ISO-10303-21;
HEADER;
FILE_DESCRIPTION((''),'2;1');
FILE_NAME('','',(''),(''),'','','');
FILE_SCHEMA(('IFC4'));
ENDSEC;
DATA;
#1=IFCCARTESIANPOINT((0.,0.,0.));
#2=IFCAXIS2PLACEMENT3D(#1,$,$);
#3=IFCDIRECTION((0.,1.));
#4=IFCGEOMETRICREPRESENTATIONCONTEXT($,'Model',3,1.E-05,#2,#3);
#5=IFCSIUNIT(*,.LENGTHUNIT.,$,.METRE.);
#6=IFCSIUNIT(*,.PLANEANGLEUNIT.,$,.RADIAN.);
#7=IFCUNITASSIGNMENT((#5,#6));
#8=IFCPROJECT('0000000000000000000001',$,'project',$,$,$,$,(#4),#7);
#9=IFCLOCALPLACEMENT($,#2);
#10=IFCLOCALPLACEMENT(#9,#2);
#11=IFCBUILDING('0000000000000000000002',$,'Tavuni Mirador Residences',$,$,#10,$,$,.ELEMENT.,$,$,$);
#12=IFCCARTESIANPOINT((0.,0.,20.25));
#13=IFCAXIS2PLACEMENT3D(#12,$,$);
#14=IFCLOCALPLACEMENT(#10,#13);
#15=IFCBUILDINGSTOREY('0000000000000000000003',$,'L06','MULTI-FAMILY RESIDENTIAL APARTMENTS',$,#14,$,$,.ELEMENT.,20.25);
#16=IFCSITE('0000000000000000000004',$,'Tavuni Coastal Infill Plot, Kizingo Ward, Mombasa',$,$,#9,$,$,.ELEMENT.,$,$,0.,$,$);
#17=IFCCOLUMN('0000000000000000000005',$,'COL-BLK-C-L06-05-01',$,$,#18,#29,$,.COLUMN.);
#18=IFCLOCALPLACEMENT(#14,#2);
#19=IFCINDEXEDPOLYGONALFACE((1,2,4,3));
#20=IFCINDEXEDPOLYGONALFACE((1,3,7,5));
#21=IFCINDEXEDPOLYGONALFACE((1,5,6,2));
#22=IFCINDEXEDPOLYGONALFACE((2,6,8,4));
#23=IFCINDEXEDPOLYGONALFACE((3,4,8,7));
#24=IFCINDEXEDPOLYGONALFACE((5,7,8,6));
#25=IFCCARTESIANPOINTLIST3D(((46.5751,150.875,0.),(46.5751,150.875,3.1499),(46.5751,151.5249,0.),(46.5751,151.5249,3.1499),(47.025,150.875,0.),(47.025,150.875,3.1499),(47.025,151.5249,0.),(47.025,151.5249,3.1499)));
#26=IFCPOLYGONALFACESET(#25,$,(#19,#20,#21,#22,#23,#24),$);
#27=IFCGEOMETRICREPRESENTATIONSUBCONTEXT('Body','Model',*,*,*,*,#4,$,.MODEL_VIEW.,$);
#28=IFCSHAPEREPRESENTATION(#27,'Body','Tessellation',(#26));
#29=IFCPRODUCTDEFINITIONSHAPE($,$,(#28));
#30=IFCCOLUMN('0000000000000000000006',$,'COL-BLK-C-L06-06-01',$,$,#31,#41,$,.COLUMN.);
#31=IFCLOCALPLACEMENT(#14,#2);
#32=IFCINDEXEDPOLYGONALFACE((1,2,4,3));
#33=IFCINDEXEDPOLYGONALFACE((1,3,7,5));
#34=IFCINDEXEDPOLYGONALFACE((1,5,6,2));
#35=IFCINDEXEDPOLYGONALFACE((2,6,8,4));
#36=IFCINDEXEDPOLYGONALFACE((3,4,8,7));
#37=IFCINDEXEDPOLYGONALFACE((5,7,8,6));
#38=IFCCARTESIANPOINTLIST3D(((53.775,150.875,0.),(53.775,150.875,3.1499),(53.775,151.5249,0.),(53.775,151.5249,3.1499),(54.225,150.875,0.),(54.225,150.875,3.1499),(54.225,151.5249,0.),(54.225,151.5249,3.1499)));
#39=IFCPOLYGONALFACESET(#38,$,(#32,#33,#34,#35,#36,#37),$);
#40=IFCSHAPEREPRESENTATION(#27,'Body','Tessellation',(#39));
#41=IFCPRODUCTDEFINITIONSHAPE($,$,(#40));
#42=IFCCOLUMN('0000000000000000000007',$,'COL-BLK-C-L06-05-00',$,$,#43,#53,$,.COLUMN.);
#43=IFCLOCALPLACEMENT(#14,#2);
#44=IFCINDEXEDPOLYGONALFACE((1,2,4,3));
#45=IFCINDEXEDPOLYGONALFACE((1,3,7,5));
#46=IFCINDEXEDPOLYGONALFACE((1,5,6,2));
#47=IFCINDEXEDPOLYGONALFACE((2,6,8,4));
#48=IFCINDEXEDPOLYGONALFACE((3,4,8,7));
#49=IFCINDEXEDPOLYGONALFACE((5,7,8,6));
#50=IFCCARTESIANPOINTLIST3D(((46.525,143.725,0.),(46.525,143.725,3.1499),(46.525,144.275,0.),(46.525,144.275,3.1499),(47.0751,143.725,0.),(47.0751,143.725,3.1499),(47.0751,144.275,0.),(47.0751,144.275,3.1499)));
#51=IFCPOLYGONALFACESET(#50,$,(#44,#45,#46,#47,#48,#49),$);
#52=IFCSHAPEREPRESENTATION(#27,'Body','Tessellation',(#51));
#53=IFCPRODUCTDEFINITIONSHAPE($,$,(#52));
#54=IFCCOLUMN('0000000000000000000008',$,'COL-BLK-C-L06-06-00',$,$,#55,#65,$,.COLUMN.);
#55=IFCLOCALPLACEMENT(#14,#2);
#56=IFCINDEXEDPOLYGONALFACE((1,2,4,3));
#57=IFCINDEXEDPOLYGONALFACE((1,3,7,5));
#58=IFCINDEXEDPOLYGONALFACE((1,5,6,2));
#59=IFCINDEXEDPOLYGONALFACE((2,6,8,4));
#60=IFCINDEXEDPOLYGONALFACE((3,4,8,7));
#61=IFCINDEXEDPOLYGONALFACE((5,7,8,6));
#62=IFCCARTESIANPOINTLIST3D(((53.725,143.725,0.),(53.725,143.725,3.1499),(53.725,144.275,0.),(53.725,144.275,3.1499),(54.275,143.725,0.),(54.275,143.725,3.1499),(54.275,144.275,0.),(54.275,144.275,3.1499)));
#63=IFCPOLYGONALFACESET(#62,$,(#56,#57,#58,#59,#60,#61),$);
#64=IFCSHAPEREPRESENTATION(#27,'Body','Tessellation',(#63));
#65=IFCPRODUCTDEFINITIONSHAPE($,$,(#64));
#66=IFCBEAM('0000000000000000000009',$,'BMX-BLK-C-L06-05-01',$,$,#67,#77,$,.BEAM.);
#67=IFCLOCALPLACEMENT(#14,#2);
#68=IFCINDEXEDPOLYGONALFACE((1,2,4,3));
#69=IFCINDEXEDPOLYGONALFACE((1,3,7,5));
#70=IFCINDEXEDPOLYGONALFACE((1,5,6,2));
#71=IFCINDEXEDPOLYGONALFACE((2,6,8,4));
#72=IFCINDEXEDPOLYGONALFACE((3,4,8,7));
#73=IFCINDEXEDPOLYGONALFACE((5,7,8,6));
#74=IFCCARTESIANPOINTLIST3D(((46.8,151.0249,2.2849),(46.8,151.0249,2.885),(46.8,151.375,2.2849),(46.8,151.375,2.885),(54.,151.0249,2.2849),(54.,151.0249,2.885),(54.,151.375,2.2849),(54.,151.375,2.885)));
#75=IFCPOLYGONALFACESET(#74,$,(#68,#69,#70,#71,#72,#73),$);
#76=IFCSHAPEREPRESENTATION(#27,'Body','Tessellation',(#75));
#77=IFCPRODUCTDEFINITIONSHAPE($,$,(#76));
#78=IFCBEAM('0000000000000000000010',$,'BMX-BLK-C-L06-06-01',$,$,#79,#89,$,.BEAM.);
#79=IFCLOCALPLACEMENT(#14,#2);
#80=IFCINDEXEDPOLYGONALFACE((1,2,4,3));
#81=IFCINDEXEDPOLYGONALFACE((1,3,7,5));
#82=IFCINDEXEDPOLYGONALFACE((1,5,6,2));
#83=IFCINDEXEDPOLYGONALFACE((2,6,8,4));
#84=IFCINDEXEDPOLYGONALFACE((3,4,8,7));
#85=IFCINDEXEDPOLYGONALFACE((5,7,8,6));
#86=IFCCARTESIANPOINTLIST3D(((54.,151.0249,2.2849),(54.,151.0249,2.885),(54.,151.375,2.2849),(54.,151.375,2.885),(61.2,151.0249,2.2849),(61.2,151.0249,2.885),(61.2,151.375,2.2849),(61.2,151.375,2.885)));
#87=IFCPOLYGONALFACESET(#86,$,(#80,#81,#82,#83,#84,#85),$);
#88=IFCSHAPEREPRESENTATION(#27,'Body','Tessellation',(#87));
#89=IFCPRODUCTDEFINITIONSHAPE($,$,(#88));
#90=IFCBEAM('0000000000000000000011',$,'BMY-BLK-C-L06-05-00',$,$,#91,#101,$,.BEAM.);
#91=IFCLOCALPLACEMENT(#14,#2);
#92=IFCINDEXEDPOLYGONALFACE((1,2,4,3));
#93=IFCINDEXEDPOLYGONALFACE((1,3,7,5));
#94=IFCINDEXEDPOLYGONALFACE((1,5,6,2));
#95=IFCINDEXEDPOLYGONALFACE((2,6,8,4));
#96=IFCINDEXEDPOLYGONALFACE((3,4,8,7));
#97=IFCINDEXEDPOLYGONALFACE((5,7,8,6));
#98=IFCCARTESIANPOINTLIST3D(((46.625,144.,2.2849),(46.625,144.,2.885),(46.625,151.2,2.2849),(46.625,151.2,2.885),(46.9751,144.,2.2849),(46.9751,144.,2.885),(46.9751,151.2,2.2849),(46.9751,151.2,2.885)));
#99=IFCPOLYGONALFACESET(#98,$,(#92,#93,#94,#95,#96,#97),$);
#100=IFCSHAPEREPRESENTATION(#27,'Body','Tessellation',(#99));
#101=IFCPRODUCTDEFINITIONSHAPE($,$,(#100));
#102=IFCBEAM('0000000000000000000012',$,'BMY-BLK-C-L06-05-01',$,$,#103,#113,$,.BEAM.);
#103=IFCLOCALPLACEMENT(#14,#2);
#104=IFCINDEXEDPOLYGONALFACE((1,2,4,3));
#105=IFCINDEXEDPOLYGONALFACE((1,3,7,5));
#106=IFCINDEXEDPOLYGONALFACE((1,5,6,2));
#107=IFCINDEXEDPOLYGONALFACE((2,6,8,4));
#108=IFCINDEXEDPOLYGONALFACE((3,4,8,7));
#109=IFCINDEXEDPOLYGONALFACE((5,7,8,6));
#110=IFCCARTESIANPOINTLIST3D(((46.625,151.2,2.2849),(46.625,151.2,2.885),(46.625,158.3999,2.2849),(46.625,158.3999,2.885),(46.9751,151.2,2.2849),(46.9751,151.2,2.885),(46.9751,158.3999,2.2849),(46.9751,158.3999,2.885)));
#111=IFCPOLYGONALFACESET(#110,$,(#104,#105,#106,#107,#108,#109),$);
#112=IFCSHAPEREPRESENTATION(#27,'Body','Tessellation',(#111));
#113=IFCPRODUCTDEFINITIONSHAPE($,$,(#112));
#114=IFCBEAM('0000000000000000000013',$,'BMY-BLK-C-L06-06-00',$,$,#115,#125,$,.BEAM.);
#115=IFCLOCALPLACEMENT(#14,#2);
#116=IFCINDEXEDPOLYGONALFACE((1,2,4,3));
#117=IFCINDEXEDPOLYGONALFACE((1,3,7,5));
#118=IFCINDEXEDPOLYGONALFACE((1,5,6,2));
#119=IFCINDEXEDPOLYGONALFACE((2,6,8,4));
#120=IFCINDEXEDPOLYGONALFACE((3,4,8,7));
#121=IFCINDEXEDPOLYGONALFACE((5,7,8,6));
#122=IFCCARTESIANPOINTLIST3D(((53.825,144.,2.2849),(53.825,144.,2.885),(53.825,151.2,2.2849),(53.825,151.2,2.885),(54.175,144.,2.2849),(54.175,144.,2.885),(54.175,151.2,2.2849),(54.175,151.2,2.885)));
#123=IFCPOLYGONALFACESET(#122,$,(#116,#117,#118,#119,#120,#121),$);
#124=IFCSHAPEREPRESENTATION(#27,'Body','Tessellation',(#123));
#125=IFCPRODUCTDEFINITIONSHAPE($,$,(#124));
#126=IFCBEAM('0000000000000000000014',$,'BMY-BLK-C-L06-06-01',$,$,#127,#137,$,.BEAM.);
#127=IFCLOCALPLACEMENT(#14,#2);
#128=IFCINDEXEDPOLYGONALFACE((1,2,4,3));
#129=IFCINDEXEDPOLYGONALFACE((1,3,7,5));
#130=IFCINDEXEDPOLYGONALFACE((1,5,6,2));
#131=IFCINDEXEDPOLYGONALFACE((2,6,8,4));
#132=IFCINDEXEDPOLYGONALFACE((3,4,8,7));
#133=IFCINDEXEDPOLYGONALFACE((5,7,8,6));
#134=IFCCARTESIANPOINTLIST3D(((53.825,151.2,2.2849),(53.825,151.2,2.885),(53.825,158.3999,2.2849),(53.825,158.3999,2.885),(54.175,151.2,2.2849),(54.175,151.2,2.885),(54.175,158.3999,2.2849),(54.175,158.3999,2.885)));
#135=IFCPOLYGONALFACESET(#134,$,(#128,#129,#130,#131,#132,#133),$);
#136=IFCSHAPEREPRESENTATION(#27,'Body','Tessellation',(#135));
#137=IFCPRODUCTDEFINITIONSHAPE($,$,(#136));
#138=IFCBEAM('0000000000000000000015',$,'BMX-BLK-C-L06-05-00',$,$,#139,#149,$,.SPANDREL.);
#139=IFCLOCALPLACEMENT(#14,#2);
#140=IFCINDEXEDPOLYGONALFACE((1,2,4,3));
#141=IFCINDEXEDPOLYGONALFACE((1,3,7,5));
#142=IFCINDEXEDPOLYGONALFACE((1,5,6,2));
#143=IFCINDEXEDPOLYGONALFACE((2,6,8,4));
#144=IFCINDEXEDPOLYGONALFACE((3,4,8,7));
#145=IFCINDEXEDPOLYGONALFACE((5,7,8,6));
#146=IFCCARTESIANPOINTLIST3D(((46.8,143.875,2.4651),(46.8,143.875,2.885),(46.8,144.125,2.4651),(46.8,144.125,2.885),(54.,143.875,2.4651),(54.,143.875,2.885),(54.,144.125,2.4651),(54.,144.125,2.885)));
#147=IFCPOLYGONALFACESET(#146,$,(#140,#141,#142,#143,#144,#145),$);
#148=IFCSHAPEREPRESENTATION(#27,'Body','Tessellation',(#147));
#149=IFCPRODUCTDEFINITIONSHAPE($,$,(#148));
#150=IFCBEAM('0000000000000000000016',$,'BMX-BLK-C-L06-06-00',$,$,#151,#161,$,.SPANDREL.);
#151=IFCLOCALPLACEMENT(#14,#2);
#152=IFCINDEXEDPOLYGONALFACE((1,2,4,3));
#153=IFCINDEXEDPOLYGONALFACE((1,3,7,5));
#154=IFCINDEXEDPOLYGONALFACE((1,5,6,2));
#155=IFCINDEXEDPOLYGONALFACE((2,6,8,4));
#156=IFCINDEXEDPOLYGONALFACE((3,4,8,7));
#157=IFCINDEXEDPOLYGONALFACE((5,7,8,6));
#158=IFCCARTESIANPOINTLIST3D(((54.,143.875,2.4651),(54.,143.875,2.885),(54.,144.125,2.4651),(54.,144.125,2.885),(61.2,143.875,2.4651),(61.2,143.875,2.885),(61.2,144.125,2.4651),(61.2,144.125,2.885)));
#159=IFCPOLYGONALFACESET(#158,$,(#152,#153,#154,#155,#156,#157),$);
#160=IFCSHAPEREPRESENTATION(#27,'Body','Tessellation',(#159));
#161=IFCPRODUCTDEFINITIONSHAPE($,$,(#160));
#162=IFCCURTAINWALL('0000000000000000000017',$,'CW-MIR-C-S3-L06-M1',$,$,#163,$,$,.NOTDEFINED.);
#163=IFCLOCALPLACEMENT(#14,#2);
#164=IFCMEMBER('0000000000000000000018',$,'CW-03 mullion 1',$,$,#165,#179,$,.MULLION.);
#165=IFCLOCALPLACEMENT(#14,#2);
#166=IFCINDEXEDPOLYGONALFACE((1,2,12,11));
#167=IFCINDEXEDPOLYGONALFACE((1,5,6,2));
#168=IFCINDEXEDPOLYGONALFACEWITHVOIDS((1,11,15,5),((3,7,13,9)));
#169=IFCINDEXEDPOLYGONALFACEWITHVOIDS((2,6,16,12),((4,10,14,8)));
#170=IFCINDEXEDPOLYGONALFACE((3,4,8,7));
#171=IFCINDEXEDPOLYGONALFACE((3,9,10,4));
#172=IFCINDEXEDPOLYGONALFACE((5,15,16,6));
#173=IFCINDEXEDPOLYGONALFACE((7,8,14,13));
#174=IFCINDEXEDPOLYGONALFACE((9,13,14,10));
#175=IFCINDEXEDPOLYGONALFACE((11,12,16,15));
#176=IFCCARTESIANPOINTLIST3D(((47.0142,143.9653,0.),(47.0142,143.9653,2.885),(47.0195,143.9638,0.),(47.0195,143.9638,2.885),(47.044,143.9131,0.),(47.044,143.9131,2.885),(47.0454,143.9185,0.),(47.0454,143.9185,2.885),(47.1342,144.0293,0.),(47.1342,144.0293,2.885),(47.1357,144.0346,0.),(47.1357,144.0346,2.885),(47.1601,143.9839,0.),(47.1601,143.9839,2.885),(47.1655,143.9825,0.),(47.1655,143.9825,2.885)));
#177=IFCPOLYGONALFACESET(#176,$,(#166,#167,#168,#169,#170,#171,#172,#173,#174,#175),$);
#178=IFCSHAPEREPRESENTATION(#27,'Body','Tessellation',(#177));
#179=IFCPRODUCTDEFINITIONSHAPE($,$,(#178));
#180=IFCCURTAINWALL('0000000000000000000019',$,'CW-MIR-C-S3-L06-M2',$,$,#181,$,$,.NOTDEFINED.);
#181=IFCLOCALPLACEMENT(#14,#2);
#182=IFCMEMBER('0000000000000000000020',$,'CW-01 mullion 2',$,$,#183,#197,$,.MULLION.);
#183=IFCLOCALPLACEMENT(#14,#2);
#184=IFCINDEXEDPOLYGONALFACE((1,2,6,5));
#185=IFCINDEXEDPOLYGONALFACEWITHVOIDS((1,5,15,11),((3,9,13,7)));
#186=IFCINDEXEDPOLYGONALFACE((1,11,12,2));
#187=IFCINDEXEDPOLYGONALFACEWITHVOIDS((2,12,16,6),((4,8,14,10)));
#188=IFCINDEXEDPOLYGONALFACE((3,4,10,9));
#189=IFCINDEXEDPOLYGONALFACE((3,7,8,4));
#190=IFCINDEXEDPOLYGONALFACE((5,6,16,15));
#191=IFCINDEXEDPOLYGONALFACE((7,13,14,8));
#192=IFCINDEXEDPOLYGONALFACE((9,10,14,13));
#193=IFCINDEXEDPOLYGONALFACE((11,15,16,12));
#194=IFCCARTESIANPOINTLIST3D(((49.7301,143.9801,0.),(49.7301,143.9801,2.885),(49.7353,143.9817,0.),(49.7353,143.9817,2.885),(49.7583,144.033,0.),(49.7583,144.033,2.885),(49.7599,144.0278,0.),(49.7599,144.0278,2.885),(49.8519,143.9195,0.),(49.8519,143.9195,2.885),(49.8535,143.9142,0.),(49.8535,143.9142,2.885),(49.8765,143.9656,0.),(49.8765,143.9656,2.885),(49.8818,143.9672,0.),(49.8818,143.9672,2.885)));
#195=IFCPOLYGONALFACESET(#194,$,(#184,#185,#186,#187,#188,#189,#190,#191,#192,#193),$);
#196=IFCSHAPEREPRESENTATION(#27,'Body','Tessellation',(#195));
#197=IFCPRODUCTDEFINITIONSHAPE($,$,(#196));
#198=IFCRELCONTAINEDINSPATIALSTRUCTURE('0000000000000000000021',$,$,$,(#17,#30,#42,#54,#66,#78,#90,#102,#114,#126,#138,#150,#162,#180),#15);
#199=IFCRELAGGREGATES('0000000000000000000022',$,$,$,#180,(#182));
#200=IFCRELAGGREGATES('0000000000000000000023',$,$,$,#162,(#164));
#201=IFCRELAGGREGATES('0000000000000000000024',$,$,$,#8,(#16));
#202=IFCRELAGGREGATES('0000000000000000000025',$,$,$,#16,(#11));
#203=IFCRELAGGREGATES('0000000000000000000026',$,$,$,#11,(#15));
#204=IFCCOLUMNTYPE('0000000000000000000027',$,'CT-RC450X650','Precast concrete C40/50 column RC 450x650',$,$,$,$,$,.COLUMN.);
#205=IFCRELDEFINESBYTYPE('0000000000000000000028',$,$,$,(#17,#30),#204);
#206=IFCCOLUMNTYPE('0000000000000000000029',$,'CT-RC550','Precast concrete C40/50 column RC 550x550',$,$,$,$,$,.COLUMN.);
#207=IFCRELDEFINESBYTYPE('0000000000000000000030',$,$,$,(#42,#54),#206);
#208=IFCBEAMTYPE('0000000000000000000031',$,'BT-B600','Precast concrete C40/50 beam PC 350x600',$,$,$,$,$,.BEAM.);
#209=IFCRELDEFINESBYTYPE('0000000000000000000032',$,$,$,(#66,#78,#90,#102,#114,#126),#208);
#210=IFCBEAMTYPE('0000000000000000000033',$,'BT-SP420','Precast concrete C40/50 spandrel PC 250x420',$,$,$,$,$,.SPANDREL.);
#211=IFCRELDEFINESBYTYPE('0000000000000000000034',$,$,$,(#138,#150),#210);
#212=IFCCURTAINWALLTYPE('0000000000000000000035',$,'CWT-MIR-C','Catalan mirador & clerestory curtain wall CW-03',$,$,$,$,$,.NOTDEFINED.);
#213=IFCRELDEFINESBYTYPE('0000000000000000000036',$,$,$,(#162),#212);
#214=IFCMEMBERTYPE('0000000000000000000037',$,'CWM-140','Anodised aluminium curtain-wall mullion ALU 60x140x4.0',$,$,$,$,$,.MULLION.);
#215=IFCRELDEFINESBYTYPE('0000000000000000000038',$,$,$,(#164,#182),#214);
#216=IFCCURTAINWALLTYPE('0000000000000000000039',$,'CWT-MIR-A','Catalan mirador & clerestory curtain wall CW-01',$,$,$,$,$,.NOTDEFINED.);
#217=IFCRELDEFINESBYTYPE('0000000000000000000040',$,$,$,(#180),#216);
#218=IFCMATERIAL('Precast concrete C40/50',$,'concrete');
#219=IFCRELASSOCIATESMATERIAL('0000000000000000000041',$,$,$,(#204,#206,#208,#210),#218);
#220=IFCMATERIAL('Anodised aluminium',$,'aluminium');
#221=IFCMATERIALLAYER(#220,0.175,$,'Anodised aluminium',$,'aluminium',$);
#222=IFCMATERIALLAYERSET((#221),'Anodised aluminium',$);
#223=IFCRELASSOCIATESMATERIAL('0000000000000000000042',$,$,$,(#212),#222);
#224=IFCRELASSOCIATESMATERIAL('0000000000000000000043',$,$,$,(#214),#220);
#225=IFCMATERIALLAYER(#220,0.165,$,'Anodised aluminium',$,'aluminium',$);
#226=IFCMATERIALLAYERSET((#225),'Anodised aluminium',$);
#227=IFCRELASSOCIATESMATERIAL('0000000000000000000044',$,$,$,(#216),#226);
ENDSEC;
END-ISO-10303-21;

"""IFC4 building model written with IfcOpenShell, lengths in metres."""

from ifc_helpers import new_model, si_unit, direction, frame, origin, origin_2d, place, context, subcontext, project, spatial, rectangle, hollow_rectangle, extrude, material, layer, layer_set, material_profile, profile_set, type_object, element, aggregate, save


model = new_model("IFC4")

# Units and contexts
model_context = context("Model", 3, precision=1e-05, world=origin(), true_north=direction((0.0, 1.0)))
body_context = subcontext(model_context, "Body", "Model", "MODEL_VIEW")
ifc_project = project(units=[si_unit("LENGTHUNIT", "METRE"), si_unit("PLANEANGLEUNIT", "RADIAN")], contexts=[model_context])

# Site, building, storey
site_placement = place(None, origin())
site = spatial("IfcSite", under=ifc_project, at=site_placement, Name="Tavuni Coastal Infill Plot, Kizingo Ward, Mombasa", CompositionType="ELEMENT", RefElevation=0.0)
building_placement = place(site_placement, origin())
building = spatial("IfcBuilding", under=site, at=building_placement, Name="Tavuni Mirador Residences", CompositionType="ELEMENT")
storey_placement = place(building_placement, frame((0.0, 0.0, 20.25)))
storey = spatial("IfcBuildingStorey", under=building, at=storey_placement, Name="L06", Description="MULTI-FAMILY RESIDENTIAL APARTMENTS", CompositionType="ELEMENT", Elevation=20.25)

# Columns
ifc_material_1 = material(Name="Precast concrete C40/50", Category="concrete")
ifc_material_profile_1 = material_profile(ifc_material_1, rectangle(XDim=0.45, YDim=0.6499, at=origin_2d()), Name="RC 450x650", Category="concrete")
ifc_profile_set_1 = profile_set([ifc_material_profile_1], Name="Precast concrete C40/50")
column_type_1 = type_object("IfcColumnType", Name="CT-RC450X650", Description="Precast concrete C40/50 column RC 450x650", PredefinedType="COLUMN", material=ifc_profile_set_1)
for number, where, z_axis, x_axis, name in (
    (1, (46.8, 151.2, 0.0), (0.0, 0.0, 1.0), (1.0, 0.0, 0.0), "COL-BLK-C-L06-05-01"),
    (2, (54.0, 151.2, 0.0), (0.0, 0.0, 1.0), (1.0, 0.0, 0.0), "COL-BLK-C-L06-06-01"),
):
    element("IfcColumn", number, at=place(storey_placement, frame(where, z_axis=z_axis, x_axis=x_axis)), inside=storey, type_object=column_type_1, Name=name, PredefinedType="COLUMN", context=body_context, shape_type="SweptSolid", body=[
        extrude(rectangle(XDim=0.45, YDim=0.6499, at=origin_2d()), origin(), (0.0, 0.0, 1.0), 3.1499),
    ])
ifc_material_profile_2 = material_profile(ifc_material_1, rectangle(XDim=0.55, YDim=0.55, at=origin_2d()), Name="RC 550x550", Category="concrete")
ifc_profile_set_2 = profile_set([ifc_material_profile_2], Name="Precast concrete C40/50")
column_type_2 = type_object("IfcColumnType", Name="CT-RC550", Description="Precast concrete C40/50 column RC 550x550", PredefinedType="COLUMN", material=ifc_profile_set_2)
for number, where, z_axis, x_axis, name in (
    (3, (46.8, 144.0, 0.0), (0.0, 0.0, 1.0), (1.0, 0.0, 0.0), "COL-BLK-C-L06-05-00"),
    (4, (54.0, 144.0, 0.0), (0.0, 0.0, 1.0), (1.0, 0.0, 0.0), "COL-BLK-C-L06-06-00"),
):
    element("IfcColumn", number, at=place(storey_placement, frame(where, z_axis=z_axis, x_axis=x_axis)), inside=storey, type_object=column_type_2, Name=name, PredefinedType="COLUMN", context=body_context, shape_type="SweptSolid", body=[
        extrude(rectangle(XDim=0.55, YDim=0.55, at=origin_2d()), origin(), (0.0, 0.0, 1.0), 3.1499),
    ])

# Beams
ifc_material_profile_3 = material_profile(ifc_material_1, rectangle(XDim=0.3501, YDim=0.6001, at=origin_2d()), Name="PC 350x600", Category="concrete")
ifc_profile_set_3 = profile_set([ifc_material_profile_3], Name="Precast concrete C40/50")
beam_type_1 = type_object("IfcBeamType", Name="BT-B600", Description="Precast concrete C40/50 beam PC 350x600", PredefinedType="BEAM", material=ifc_profile_set_3)
for number, where, z_axis, x_axis, name in (
    (5, (46.8, 151.2, 2.585), (1.0, 0.0, 0.0), (0.0, 1.0, 0.0), "BMX-BLK-C-L06-05-01"),
    (6, (54.0, 151.2, 2.585), (1.0, 0.0, 0.0), (0.0, 1.0, 0.0), "BMX-BLK-C-L06-06-01"),
    (7, (46.8, 144.0, 2.585), (0.0, 1.0, 0.0), (-1.0, 0.0, 0.0), "BMY-BLK-C-L06-05-00"),
    (8, (46.8, 151.2, 2.585), (0.0, 1.0, 0.0), (-1.0, 0.0, 0.0), "BMY-BLK-C-L06-05-01"),
    (9, (54.0, 144.0, 2.585), (0.0, 1.0, 0.0), (-1.0, 0.0, 0.0), "BMY-BLK-C-L06-06-00"),
    (10, (54.0, 151.2, 2.585), (0.0, 1.0, 0.0), (-1.0, 0.0, 0.0), "BMY-BLK-C-L06-06-01"),
):
    element("IfcBeam", number, at=place(storey_placement, frame(where, z_axis=z_axis, x_axis=x_axis)), inside=storey, type_object=beam_type_1, Name=name, PredefinedType="BEAM", context=body_context, shape_type="SweptSolid", body=[
        extrude(rectangle(XDim=0.3501, YDim=0.6001, at=origin_2d()), origin(), (0.0, 0.0, 1.0), 7.2),
    ])
ifc_material_profile_4 = material_profile(ifc_material_1, rectangle(XDim=0.25, YDim=0.4199, at=origin_2d()), Name="PC 250x420", Category="concrete")
ifc_profile_set_4 = profile_set([ifc_material_profile_4], Name="Precast concrete C40/50")
beam_type_2 = type_object("IfcBeamType", Name="BT-SP420", Description="Precast concrete C40/50 spandrel PC 250x420", PredefinedType="SPANDREL", material=ifc_profile_set_4)
for number, where, z_axis, x_axis, name in (
    (11, (46.8, 144.0, 2.675), (1.0, 0.0, 0.0), (0.0, 1.0, 0.0), "BMX-BLK-C-L06-05-00"),
    (12, (54.0, 144.0, 2.675), (1.0, 0.0, 0.0), (0.0, 1.0, 0.0), "BMX-BLK-C-L06-06-00"),
):
    element("IfcBeam", number, at=place(storey_placement, frame(where, z_axis=z_axis, x_axis=x_axis)), inside=storey, type_object=beam_type_2, Name=name, PredefinedType="SPANDREL", context=body_context, shape_type="SweptSolid", body=[
        extrude(rectangle(XDim=0.25, YDim=0.4199, at=origin_2d()), origin(), (0.0, 0.0, 1.0), 7.2),
    ])

# Curtain walls, members
ifc_material_2 = material(Name="Anodised aluminium", Category="aluminium")
ifc_layer_1 = layer(ifc_material_2, 0.175, Name="Anodised aluminium", Category="aluminium")
ifc_layer_set_1 = layer_set([ifc_layer_1], Name="Anodised aluminium")
curtain_wall_type_1 = type_object("IfcCurtainWallType", Name="CWT-MIR-C", Description="Catalan mirador & clerestory curtain wall CW-03", PredefinedType="NOTDEFINED", material=ifc_layer_set_1)
curtain_wall_1_placement = place(storey_placement, origin())
curtain_wall_1 = element("IfcCurtainWall", 13, at=curtain_wall_1_placement, inside=storey, type_object=curtain_wall_type_1, Name="CW-MIR-C-S3-L06-M1", PredefinedType="NOTDEFINED")
ifc_material_profile_5 = material_profile(ifc_material_2, hollow_rectangle(XDim=0.0601, YDim=0.1399, WallThickness=0.0039, at=origin_2d()), Name="ALU 60x140x4.0", Category="aluminium")
ifc_profile_set_5 = profile_set([ifc_material_profile_5], Name="Anodised aluminium")
member_type_1 = type_object("IfcMemberType", Name="CWM-140", Description="Anodised aluminium curtain-wall mullion ALU 60x140x4.0", PredefinedType="MULLION", material=ifc_profile_set_5)
member_1_placement = place(storey_placement, frame((47.0898, 143.9739, 0.0), z_axis=(0.0, 0.0, 1.0), x_axis=(0.495749, -0.868466, 0.0)))
member_1 = element("IfcMember", 14, at=member_1_placement, type_object=member_type_1, Name="CW-03 mullion 1", PredefinedType="MULLION", context=body_context, shape_type="SweptSolid", body=[
    extrude(hollow_rectangle(XDim=0.0601, YDim=0.1399, WallThickness=0.0039, at=origin_2d()), origin(), (0.0, 0.0, 1.0), 2.885),
])
ifc_layer_2 = layer(ifc_material_2, 0.165, Name="Anodised aluminium", Category="aluminium")
ifc_layer_set_2 = layer_set([ifc_layer_2], Name="Anodised aluminium")
curtain_wall_type_2 = type_object("IfcCurtainWallType", Name="CWT-MIR-A", Description="Catalan mirador & clerestory curtain wall CW-01", PredefinedType="NOTDEFINED", material=ifc_layer_set_2)
curtain_wall_2_placement = place(storey_placement, origin())
curtain_wall_2 = element("IfcCurtainWall", 15, at=curtain_wall_2_placement, inside=storey, type_object=curtain_wall_type_2, Name="CW-MIR-C-S3-L06-M2", PredefinedType="NOTDEFINED")
member_2_placement = place(storey_placement, frame((49.8059, 143.9736, 0.0), z_axis=(0.0, 0.0, 1.0), x_axis=(0.470588, 0.882353, 0.0)))
member_2 = element("IfcMember", 16, at=member_2_placement, type_object=member_type_1, Name="CW-01 mullion 2", PredefinedType="MULLION", context=body_context, shape_type="SweptSolid", body=[
    extrude(hollow_rectangle(XDim=0.0601, YDim=0.1399, WallThickness=0.0039, at=origin_2d()), origin(), (0.0, 0.0, 1.0), 2.885),
])
aggregate(curtain_wall_2, [member_2])

aggregate(curtain_wall_1, [member_1])

save(model, "model.ifc")
